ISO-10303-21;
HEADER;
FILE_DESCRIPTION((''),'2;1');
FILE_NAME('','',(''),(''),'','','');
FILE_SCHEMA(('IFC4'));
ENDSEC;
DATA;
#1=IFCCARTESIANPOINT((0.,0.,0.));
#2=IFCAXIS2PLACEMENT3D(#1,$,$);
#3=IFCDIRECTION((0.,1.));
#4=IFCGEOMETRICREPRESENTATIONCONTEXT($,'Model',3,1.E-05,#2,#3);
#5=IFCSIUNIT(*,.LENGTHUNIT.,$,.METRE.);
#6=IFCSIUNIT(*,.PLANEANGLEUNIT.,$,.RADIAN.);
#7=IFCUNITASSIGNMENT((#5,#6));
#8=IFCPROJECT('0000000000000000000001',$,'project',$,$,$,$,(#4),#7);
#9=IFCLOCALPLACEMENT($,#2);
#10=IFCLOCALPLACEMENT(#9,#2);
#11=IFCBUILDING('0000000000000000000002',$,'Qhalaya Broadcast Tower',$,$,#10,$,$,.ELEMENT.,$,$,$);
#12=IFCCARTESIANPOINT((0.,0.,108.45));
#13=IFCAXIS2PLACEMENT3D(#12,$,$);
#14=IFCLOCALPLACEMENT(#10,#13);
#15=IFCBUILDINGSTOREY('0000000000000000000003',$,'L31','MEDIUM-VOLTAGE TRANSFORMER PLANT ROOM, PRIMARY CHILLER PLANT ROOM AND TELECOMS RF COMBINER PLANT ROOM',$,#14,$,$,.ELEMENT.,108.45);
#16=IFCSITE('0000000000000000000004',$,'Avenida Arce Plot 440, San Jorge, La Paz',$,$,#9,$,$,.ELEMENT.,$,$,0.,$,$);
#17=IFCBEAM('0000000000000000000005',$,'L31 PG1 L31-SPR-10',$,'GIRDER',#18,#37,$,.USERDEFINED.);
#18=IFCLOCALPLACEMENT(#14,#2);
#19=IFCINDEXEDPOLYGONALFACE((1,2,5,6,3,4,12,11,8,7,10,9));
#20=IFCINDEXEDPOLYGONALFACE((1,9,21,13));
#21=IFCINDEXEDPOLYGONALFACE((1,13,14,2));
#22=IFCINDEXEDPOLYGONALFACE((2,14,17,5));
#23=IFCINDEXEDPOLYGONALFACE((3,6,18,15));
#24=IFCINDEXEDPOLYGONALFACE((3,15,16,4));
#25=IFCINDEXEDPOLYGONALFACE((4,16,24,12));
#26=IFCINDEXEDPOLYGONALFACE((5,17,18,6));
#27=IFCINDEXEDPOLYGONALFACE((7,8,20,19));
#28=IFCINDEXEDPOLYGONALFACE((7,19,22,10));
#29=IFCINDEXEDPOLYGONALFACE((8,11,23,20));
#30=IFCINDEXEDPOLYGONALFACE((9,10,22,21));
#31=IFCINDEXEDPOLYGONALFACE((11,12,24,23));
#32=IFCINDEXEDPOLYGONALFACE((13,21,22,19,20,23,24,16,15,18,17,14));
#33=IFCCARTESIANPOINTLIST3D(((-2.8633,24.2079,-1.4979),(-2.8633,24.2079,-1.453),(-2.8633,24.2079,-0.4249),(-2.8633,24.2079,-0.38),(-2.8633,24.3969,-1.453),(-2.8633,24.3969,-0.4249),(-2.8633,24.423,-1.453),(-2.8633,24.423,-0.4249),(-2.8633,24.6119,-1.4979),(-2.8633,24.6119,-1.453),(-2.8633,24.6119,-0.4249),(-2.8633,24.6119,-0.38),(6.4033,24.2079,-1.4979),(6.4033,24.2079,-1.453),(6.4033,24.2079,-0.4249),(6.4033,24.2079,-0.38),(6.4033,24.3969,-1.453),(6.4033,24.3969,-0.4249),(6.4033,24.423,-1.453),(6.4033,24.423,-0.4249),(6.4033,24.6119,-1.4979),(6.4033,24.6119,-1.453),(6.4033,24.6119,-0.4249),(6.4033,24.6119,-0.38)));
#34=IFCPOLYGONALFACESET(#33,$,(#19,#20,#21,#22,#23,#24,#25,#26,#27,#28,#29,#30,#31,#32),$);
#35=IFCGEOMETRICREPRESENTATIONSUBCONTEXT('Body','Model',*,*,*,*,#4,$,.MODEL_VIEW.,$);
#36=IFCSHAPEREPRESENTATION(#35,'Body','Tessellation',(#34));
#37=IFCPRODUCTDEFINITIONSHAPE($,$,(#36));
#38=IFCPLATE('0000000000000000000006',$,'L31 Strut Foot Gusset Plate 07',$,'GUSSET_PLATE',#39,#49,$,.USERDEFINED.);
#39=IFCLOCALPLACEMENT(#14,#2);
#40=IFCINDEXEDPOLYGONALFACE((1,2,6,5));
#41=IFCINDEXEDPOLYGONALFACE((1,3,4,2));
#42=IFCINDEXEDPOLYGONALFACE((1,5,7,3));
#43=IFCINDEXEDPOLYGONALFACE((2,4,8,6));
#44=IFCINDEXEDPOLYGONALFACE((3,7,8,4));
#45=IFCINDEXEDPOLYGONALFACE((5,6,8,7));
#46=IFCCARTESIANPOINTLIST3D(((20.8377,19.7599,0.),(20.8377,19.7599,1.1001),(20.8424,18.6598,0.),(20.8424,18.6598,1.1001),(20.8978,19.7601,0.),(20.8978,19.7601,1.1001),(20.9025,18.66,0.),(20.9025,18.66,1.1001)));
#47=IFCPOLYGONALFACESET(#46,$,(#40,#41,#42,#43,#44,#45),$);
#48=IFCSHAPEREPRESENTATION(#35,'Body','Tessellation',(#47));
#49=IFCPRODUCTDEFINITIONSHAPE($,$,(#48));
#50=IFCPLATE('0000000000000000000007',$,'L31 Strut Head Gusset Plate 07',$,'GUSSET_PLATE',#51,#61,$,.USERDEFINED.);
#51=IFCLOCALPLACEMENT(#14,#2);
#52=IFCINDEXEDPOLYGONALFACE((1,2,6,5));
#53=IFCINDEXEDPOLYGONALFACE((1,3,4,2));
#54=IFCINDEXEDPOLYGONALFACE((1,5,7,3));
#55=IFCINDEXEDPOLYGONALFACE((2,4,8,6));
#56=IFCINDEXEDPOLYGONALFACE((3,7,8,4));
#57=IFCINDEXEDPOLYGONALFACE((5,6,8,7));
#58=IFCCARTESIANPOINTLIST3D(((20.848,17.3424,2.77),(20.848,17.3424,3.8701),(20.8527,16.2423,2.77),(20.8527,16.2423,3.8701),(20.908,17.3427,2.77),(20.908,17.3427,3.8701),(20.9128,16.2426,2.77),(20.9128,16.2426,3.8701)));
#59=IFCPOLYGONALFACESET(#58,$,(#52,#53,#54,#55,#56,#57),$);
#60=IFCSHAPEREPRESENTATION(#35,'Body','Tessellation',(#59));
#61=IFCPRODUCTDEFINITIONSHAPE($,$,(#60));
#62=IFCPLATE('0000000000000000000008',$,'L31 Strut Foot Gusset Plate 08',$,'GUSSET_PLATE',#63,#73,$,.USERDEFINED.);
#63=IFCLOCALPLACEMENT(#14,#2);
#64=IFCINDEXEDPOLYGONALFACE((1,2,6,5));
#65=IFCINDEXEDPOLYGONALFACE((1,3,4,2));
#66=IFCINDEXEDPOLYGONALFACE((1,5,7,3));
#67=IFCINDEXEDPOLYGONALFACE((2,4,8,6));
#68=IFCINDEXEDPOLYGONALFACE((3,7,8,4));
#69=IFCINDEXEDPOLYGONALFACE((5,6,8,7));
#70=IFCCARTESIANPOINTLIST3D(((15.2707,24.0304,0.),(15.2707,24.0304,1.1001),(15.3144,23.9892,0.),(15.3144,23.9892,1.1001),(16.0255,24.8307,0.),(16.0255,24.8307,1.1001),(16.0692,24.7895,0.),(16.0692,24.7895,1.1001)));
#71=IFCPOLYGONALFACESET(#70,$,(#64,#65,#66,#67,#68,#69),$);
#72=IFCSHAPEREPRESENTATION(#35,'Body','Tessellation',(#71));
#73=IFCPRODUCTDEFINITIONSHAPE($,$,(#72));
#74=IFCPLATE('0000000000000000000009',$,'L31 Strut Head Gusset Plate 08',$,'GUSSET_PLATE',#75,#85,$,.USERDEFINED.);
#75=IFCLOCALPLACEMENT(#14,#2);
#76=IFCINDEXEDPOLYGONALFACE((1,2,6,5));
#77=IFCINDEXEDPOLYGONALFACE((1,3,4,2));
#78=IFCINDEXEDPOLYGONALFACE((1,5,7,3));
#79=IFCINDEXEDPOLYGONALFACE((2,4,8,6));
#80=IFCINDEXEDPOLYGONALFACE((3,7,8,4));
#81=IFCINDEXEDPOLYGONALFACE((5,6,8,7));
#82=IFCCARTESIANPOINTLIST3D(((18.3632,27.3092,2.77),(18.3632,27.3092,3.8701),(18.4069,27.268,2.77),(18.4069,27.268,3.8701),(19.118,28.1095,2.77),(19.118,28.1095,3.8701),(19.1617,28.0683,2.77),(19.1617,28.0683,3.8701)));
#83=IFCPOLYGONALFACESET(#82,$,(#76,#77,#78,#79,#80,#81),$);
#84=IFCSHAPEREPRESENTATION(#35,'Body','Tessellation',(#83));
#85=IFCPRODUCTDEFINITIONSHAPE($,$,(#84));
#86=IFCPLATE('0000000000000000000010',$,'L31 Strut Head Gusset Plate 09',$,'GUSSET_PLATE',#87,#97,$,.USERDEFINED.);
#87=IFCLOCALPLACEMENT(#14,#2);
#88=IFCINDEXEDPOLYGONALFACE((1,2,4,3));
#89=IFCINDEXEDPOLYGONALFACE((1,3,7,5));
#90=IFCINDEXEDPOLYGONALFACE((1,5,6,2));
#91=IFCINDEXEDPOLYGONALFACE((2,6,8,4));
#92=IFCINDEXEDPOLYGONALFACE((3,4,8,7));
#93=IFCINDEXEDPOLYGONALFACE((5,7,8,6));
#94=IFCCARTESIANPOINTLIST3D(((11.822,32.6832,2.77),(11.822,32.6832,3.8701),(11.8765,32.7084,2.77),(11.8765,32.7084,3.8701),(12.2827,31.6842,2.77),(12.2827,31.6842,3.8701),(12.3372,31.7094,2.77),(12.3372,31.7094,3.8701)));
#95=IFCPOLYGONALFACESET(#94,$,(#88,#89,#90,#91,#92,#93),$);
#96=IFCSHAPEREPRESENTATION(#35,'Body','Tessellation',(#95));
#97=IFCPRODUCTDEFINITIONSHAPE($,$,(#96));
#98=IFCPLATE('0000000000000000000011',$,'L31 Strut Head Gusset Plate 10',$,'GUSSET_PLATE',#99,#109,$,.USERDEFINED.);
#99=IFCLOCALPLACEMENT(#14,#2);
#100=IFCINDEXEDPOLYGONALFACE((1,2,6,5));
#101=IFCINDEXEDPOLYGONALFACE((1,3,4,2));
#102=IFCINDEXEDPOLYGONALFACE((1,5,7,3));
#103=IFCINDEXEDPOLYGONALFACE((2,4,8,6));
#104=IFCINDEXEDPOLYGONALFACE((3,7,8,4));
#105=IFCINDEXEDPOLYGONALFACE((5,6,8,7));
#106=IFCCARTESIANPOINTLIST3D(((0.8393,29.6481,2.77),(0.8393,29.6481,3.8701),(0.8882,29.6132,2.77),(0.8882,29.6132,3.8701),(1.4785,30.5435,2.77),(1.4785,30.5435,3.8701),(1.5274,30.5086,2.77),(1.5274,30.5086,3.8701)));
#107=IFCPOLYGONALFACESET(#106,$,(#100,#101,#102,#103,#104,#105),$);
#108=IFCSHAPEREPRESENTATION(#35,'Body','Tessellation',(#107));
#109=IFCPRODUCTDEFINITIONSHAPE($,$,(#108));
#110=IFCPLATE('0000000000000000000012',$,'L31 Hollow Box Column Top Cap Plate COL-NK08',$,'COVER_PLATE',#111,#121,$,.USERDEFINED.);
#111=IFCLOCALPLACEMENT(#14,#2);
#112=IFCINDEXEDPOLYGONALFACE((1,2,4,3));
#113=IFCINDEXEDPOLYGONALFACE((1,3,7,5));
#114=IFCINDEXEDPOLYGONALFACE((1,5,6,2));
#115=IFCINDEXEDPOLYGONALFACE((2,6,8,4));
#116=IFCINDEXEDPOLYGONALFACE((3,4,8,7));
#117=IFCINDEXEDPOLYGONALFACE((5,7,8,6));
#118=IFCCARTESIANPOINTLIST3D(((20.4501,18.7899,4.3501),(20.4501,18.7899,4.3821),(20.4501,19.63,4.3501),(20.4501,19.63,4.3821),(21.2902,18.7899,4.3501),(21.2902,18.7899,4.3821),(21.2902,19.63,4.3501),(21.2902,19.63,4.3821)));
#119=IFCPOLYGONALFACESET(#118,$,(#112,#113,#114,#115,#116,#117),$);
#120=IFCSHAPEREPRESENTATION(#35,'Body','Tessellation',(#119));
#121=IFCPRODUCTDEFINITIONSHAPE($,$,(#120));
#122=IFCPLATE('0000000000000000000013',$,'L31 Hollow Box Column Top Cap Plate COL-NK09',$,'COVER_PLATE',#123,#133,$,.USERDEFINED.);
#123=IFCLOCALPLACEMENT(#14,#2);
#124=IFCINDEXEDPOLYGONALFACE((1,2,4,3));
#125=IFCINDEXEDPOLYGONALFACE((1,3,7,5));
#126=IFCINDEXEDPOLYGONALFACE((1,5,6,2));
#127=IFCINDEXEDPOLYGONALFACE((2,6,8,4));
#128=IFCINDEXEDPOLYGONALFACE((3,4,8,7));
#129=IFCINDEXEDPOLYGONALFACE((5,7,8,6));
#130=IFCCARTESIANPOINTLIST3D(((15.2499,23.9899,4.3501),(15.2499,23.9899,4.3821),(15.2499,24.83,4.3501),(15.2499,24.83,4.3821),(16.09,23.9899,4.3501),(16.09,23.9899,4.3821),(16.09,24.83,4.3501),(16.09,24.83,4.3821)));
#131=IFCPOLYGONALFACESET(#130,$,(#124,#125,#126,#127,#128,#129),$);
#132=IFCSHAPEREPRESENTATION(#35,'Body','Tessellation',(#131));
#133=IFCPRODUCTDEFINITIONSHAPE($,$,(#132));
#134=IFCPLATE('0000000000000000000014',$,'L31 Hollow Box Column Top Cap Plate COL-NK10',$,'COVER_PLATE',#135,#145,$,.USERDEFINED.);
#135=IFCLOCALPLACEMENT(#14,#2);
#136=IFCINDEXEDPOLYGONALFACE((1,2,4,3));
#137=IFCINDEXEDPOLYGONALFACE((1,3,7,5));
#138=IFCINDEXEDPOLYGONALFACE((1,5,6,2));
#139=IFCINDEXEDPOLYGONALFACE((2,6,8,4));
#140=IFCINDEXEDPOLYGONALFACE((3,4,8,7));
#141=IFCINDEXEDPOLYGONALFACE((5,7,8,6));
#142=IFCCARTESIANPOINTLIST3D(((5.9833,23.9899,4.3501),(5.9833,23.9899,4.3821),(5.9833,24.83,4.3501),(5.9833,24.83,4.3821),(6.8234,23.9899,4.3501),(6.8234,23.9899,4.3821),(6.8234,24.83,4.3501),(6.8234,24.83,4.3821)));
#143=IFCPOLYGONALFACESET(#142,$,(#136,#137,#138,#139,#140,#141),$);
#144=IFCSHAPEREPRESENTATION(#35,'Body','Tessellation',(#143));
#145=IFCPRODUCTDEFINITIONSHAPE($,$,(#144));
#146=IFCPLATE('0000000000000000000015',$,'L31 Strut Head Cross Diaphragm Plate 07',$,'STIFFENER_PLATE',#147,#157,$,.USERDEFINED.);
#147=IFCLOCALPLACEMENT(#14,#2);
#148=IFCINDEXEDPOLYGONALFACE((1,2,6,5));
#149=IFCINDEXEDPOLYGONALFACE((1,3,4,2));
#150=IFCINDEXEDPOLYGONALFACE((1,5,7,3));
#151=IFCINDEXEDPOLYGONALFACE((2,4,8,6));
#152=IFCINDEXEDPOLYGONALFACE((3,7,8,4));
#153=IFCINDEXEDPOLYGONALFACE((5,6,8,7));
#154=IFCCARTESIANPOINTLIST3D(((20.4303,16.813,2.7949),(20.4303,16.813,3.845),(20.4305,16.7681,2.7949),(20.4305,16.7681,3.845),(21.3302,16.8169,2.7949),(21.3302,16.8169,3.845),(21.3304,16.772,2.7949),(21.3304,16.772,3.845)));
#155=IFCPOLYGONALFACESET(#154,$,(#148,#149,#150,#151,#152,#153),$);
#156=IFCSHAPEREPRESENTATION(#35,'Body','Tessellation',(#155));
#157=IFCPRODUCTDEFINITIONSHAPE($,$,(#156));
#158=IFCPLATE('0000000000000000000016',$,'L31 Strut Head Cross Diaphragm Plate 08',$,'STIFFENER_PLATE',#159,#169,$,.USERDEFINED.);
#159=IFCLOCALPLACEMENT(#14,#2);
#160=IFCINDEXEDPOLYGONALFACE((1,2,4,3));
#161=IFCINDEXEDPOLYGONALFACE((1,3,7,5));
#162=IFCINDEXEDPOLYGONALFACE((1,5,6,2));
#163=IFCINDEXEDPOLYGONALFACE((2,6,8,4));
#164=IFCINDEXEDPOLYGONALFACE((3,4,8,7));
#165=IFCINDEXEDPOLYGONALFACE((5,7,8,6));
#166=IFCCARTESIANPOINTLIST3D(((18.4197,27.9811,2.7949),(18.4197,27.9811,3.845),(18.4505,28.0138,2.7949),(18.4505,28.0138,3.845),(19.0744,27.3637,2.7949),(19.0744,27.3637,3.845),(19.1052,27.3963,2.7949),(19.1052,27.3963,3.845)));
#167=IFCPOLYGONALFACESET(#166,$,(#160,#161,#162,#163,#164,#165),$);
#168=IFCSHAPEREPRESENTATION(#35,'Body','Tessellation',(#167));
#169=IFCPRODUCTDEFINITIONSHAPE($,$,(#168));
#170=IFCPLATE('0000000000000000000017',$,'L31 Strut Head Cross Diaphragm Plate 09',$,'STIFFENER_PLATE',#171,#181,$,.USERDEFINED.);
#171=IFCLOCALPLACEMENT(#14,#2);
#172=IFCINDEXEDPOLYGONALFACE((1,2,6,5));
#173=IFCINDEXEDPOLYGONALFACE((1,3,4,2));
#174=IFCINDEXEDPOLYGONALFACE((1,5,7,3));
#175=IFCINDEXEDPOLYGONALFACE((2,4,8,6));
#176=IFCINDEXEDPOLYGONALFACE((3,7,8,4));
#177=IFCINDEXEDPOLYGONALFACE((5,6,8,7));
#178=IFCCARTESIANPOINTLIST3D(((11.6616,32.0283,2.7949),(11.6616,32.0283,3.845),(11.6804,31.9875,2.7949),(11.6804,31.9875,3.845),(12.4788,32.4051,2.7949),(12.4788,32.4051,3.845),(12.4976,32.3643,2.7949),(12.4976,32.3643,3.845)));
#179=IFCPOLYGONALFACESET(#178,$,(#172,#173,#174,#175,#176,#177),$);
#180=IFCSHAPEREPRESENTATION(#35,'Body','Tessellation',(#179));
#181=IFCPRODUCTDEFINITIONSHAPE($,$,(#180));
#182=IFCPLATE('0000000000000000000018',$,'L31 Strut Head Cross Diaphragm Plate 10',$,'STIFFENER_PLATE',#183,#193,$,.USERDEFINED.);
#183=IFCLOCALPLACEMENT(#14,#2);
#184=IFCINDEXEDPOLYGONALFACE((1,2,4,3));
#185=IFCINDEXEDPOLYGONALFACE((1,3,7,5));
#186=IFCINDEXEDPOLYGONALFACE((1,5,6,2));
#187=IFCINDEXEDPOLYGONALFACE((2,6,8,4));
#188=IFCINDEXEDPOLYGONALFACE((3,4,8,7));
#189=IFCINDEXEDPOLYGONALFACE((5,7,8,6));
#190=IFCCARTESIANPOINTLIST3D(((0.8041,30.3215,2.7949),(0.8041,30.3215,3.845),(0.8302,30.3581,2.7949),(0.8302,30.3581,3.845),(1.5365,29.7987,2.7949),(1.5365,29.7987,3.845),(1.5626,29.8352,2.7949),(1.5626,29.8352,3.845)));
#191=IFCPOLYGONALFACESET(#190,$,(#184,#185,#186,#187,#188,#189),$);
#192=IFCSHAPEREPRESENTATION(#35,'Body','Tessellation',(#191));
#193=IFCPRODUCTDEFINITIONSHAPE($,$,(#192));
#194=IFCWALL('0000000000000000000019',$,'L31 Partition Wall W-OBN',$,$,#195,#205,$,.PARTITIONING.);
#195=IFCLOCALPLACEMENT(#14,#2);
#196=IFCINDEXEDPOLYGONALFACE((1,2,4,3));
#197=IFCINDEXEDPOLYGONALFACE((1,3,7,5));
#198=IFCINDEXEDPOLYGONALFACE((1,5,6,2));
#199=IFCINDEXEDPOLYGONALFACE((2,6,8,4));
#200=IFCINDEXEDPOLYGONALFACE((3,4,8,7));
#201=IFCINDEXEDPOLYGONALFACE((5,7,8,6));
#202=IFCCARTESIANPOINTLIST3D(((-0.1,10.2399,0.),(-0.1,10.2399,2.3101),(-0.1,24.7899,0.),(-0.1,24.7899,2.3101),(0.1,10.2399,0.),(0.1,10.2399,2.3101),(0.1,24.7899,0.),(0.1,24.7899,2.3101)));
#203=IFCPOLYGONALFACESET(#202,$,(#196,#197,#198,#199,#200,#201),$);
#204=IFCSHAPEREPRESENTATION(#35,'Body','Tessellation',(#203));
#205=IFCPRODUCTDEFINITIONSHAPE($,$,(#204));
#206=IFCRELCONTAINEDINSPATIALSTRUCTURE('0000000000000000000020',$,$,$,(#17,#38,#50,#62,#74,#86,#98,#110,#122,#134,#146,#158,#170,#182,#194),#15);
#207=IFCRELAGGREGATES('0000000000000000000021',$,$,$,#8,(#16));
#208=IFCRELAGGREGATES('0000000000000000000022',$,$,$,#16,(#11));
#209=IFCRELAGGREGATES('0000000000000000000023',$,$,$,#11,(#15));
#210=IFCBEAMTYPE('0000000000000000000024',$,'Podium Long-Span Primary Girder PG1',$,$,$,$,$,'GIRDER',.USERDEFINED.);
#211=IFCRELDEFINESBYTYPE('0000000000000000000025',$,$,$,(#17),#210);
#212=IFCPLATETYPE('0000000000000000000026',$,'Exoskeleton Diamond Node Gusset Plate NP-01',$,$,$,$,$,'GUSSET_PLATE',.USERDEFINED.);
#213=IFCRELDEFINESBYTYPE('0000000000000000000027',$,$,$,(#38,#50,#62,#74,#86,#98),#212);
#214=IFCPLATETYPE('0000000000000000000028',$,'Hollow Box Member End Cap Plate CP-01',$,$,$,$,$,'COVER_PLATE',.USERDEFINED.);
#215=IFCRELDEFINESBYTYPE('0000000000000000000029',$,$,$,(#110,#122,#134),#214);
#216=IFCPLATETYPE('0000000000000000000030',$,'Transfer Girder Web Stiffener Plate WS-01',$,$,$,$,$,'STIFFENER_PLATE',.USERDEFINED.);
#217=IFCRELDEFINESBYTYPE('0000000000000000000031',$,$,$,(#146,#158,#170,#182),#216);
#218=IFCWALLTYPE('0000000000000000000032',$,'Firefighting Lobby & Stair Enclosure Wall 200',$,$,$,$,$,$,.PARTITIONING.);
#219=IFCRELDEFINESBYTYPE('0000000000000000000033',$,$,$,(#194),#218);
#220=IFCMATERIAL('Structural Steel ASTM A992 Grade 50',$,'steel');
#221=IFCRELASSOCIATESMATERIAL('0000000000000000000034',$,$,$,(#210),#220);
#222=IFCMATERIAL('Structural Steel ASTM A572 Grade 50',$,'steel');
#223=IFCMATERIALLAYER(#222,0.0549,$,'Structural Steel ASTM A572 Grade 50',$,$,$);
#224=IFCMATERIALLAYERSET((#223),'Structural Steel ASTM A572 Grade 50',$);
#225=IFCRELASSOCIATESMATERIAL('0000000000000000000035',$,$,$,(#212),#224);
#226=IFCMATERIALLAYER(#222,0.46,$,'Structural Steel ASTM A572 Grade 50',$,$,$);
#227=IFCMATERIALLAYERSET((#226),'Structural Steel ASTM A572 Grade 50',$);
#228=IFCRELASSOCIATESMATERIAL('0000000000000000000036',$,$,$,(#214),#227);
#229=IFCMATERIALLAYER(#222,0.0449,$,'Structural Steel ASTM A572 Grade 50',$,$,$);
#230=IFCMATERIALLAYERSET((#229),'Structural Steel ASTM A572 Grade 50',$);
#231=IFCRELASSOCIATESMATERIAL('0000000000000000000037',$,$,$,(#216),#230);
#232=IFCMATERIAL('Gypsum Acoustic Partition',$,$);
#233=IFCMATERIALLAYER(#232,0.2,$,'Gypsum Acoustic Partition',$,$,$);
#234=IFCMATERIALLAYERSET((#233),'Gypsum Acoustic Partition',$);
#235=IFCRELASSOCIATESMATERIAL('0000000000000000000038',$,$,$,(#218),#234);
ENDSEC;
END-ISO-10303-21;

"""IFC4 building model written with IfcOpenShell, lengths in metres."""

from ifc_helpers import new_model, si_unit, direction, frame, frame_2d, origin, origin_2d, place, context, subcontext, project, spatial, rectangle, i_section, extrude, material, layer, layer_set, material_profile, profile_set, type_object, element, save


model = new_model("IFC4")

# Units and contexts
model_context = context("Model", 3, precision=1e-05, world=origin(), true_north=direction((0.0, 1.0)))
body_context = subcontext(model_context, "Body", "Model", "MODEL_VIEW")
ifc_project = project(units=[si_unit("LENGTHUNIT", "METRE"), si_unit("PLANEANGLEUNIT", "RADIAN")], contexts=[model_context])

# Site, building, storey
site_placement = place(None, origin())
site = spatial("IfcSite", under=ifc_project, at=site_placement, Name="Avenida Arce Plot 440, San Jorge, La Paz", CompositionType="ELEMENT", RefElevation=0.0)
building_placement = place(site_placement, origin())
building = spatial("IfcBuilding", under=site, at=building_placement, Name="Qhalaya Broadcast Tower", CompositionType="ELEMENT")
storey_placement = place(building_placement, frame((0.0, 0.0, 108.45)))
storey = spatial("IfcBuildingStorey", under=building, at=storey_placement, Name="L31", Description="MEDIUM-VOLTAGE TRANSFORMER PLANT ROOM, PRIMARY CHILLER PLANT ROOM AND TELECOMS RF COMBINER PLANT ROOM", CompositionType="ELEMENT", Elevation=108.45)

# Shared definitions
ifc_material_1 = material(Name="Structural Steel ASTM A572 Grade 50", Category="steel")

# Beam
ifc_material_2 = material(Name="Structural Steel ASTM A992 Grade 50", Category="steel")
ifc_material_profile_1 = material_profile(ifc_material_2, i_section(OverallWidth=0.4041, OverallDepth=1.1179, WebThickness=0.0261, FlangeThickness=0.0449, at=origin_2d()), Name="W44X335")
ifc_profile_set_1 = profile_set([ifc_material_profile_1], Name="Structural Steel ASTM A992 Grade 50")
beam_type_1 = type_object("IfcBeamType", Name="Podium Long-Span Primary Girder PG1", ElementType="GIRDER", PredefinedType="USERDEFINED", material=ifc_profile_set_1)
for number, where, z_axis, x_axis, name in (
    (1, (6.4033, 24.4099, -0.939), (-1.0, 0.0, 0.0), (0.0, -1.0, 0.0), "L31 PG1 L31-SPR-10"),
):
    element("IfcBeam", number, at=place(storey_placement, frame(where, z_axis=z_axis, x_axis=x_axis)), inside=storey, type_object=beam_type_1, Name=name, ObjectType="GIRDER", PredefinedType="USERDEFINED", context=body_context, shape_type="SweptSolid", body=[
        extrude(i_section(OverallWidth=0.4041, OverallDepth=1.1179, WebThickness=0.0261, FlangeThickness=0.0449, at=origin_2d()), origin(), (0.0, 0.0, 1.0), 9.2666),
    ])

# Plates
ifc_layer_1 = layer(ifc_material_1, 0.0549, Name="Structural Steel ASTM A572 Grade 50")
ifc_layer_set_1 = layer_set([ifc_layer_1], Name="Structural Steel ASTM A572 Grade 50")
plate_type_1 = type_object("IfcPlateType", Name="Exoskeleton Diamond Node Gusset Plate NP-01", ElementType="GUSSET_PLATE", PredefinedType="USERDEFINED", material=ifc_layer_set_1)
for number, where, z_axis, x_axis, name in (
    (2, (20.8701, 19.21, 0.0), (0.0, 0.0, 1.0), (0.004293, -0.999991, 0.0), "L31 Strut Foot Gusset Plate 07"),
    (3, (20.8804, 16.7925, 2.77), (0.0, 0.0, 1.0), (0.004293, -0.999991, 0.0), "L31 Strut Head Gusset Plate 07"),
    (4, (15.6699, 24.4099, 0.0), (0.0, 0.0, 1.0), (0.686136, 0.727473, 0.0), "L31 Strut Foot Gusset Plate 08"),
    (5, (18.7625, 27.6887, 2.77), (0.0, 0.0, 1.0), (0.686136, 0.727473, 0.0), "L31 Strut Head Gusset Plate 08"),
    (6, (12.0796, 32.1963, 2.77), (0.0, 0.0, 1.0), (-0.418755, 0.908099, 0.0), "L31 Strut Head Gusset Plate 09"),
    (7, (1.1833, 30.0784, 2.77), (0.0, 0.0, 1.0), (0.58103, 0.813882, 0.0), "L31 Strut Head Gusset Plate 10"),
):
    element("IfcPlate", number, at=place(storey_placement, frame(where, z_axis=z_axis, x_axis=x_axis)), inside=storey, type_object=plate_type_1, Name=name, ObjectType="GUSSET_PLATE", PredefinedType="USERDEFINED", context=body_context, shape_type="SweptSolid", body=[
        extrude(rectangle(XDim=1.1001, YDim=0.0601, at=origin_2d()), origin(), (0.0, 0.0, 1.0), 1.1001),
    ])
ifc_layer_2 = layer(ifc_material_1, 0.46, Name="Structural Steel ASTM A572 Grade 50")
ifc_layer_set_2 = layer_set([ifc_layer_2], Name="Structural Steel ASTM A572 Grade 50")
plate_type_2 = type_object("IfcPlateType", Name="Hollow Box Member End Cap Plate CP-01", ElementType="COVER_PLATE", PredefinedType="USERDEFINED", material=ifc_layer_set_2)
for number, where, z_axis, x_axis, name in (
    (8, (20.8701, 19.21, 4.3501), (0.0, 0.0, 1.0), (0.0, 1.0, 0.0), "L31 Hollow Box Column Top Cap Plate COL-NK08"),
    (9, (15.6699, 24.4099, 4.3501), (0.0, 0.0, 1.0), (1.0, 0.0, 0.0), "L31 Hollow Box Column Top Cap Plate COL-NK09"),
    (10, (6.4033, 24.4099, 4.3501), (0.0, 0.0, 1.0), (1.0, 0.0, 0.0), "L31 Hollow Box Column Top Cap Plate COL-NK10"),
):
    element("IfcPlate", number, at=place(storey_placement, frame(where, z_axis=z_axis, x_axis=x_axis)), inside=storey, type_object=plate_type_2, Name=name, ObjectType="COVER_PLATE", PredefinedType="USERDEFINED", context=body_context, shape_type="SweptSolid", body=[
        extrude(rectangle(XDim=0.8401, YDim=0.8401, at=origin_2d()), origin(), (0.0, 0.0, 1.0), 0.032),
    ])
ifc_layer_3 = layer(ifc_material_1, 0.0449, Name="Structural Steel ASTM A572 Grade 50")
ifc_layer_set_3 = layer_set([ifc_layer_3], Name="Structural Steel ASTM A572 Grade 50")
plate_type_3 = type_object("IfcPlateType", Name="Transfer Girder Web Stiffener Plate WS-01", ElementType="STIFFENER_PLATE", PredefinedType="USERDEFINED", material=ifc_layer_set_3)
for number, where, z_axis, x_axis, name in (
    (11, (20.8804, 16.7925, 2.7949), (0.0, 0.0, 1.0), (0.999991, 0.004293, 0.0), "L31 Strut Head Cross Diaphragm Plate 07"),
    (12, (18.7625, 27.6887, 2.7949), (0.0, 0.0, 1.0), (-0.727473, 0.686136, 0.0), "L31 Strut Head Cross Diaphragm Plate 08"),
    (13, (12.0796, 32.1963, 2.7949), (0.0, 0.0, 1.0), (-0.908099, -0.418755, 0.0), "L31 Strut Head Cross Diaphragm Plate 09"),
    (14, (1.1833, 30.0784, 2.7949), (0.0, 0.0, 1.0), (-0.813882, 0.58103, 0.0), "L31 Strut Head Cross Diaphragm Plate 10"),
):
    element("IfcPlate", number, at=place(storey_placement, frame(where, z_axis=z_axis, x_axis=x_axis)), inside=storey, type_object=plate_type_3, Name=name, ObjectType="STIFFENER_PLATE", PredefinedType="USERDEFINED", context=body_context, shape_type="SweptSolid", body=[
        extrude(rectangle(XDim=0.8999, YDim=0.0449, at=origin_2d()), origin(), (0.0, 0.0, 1.0), 1.05),
    ])

# Wall
ifc_material_3 = material(Name="Gypsum Acoustic Partition")
ifc_layer_4 = layer(ifc_material_3, 0.2, Name="Gypsum Acoustic Partition")
ifc_layer_set_4 = layer_set([ifc_layer_4], Name="Gypsum Acoustic Partition")
wall_type_1 = type_object("IfcWallType", Name="Firefighting Lobby & Stair Enclosure Wall 200", PredefinedType="PARTITIONING", material=ifc_layer_set_4)
wall_1_placement = place(storey_placement, frame((0.0, 10.24, 0.0), z_axis=(0.0, 0.0, 1.0), x_axis=(0.0, 1.0, 0.0)))
element("IfcWall", 15, at=wall_1_placement, inside=storey, type_object=wall_type_1, Name="L31 Partition Wall W-OBN", PredefinedType="PARTITIONING", context=body_context, shape_type="SweptSolid", body=[
    extrude(rectangle(XDim=14.55, YDim=0.2, at=frame_2d((7.2749, 0.0))), origin(), (0.0, 0.0, 1.0), 2.3101),
])

save(model, "model.ifc")
